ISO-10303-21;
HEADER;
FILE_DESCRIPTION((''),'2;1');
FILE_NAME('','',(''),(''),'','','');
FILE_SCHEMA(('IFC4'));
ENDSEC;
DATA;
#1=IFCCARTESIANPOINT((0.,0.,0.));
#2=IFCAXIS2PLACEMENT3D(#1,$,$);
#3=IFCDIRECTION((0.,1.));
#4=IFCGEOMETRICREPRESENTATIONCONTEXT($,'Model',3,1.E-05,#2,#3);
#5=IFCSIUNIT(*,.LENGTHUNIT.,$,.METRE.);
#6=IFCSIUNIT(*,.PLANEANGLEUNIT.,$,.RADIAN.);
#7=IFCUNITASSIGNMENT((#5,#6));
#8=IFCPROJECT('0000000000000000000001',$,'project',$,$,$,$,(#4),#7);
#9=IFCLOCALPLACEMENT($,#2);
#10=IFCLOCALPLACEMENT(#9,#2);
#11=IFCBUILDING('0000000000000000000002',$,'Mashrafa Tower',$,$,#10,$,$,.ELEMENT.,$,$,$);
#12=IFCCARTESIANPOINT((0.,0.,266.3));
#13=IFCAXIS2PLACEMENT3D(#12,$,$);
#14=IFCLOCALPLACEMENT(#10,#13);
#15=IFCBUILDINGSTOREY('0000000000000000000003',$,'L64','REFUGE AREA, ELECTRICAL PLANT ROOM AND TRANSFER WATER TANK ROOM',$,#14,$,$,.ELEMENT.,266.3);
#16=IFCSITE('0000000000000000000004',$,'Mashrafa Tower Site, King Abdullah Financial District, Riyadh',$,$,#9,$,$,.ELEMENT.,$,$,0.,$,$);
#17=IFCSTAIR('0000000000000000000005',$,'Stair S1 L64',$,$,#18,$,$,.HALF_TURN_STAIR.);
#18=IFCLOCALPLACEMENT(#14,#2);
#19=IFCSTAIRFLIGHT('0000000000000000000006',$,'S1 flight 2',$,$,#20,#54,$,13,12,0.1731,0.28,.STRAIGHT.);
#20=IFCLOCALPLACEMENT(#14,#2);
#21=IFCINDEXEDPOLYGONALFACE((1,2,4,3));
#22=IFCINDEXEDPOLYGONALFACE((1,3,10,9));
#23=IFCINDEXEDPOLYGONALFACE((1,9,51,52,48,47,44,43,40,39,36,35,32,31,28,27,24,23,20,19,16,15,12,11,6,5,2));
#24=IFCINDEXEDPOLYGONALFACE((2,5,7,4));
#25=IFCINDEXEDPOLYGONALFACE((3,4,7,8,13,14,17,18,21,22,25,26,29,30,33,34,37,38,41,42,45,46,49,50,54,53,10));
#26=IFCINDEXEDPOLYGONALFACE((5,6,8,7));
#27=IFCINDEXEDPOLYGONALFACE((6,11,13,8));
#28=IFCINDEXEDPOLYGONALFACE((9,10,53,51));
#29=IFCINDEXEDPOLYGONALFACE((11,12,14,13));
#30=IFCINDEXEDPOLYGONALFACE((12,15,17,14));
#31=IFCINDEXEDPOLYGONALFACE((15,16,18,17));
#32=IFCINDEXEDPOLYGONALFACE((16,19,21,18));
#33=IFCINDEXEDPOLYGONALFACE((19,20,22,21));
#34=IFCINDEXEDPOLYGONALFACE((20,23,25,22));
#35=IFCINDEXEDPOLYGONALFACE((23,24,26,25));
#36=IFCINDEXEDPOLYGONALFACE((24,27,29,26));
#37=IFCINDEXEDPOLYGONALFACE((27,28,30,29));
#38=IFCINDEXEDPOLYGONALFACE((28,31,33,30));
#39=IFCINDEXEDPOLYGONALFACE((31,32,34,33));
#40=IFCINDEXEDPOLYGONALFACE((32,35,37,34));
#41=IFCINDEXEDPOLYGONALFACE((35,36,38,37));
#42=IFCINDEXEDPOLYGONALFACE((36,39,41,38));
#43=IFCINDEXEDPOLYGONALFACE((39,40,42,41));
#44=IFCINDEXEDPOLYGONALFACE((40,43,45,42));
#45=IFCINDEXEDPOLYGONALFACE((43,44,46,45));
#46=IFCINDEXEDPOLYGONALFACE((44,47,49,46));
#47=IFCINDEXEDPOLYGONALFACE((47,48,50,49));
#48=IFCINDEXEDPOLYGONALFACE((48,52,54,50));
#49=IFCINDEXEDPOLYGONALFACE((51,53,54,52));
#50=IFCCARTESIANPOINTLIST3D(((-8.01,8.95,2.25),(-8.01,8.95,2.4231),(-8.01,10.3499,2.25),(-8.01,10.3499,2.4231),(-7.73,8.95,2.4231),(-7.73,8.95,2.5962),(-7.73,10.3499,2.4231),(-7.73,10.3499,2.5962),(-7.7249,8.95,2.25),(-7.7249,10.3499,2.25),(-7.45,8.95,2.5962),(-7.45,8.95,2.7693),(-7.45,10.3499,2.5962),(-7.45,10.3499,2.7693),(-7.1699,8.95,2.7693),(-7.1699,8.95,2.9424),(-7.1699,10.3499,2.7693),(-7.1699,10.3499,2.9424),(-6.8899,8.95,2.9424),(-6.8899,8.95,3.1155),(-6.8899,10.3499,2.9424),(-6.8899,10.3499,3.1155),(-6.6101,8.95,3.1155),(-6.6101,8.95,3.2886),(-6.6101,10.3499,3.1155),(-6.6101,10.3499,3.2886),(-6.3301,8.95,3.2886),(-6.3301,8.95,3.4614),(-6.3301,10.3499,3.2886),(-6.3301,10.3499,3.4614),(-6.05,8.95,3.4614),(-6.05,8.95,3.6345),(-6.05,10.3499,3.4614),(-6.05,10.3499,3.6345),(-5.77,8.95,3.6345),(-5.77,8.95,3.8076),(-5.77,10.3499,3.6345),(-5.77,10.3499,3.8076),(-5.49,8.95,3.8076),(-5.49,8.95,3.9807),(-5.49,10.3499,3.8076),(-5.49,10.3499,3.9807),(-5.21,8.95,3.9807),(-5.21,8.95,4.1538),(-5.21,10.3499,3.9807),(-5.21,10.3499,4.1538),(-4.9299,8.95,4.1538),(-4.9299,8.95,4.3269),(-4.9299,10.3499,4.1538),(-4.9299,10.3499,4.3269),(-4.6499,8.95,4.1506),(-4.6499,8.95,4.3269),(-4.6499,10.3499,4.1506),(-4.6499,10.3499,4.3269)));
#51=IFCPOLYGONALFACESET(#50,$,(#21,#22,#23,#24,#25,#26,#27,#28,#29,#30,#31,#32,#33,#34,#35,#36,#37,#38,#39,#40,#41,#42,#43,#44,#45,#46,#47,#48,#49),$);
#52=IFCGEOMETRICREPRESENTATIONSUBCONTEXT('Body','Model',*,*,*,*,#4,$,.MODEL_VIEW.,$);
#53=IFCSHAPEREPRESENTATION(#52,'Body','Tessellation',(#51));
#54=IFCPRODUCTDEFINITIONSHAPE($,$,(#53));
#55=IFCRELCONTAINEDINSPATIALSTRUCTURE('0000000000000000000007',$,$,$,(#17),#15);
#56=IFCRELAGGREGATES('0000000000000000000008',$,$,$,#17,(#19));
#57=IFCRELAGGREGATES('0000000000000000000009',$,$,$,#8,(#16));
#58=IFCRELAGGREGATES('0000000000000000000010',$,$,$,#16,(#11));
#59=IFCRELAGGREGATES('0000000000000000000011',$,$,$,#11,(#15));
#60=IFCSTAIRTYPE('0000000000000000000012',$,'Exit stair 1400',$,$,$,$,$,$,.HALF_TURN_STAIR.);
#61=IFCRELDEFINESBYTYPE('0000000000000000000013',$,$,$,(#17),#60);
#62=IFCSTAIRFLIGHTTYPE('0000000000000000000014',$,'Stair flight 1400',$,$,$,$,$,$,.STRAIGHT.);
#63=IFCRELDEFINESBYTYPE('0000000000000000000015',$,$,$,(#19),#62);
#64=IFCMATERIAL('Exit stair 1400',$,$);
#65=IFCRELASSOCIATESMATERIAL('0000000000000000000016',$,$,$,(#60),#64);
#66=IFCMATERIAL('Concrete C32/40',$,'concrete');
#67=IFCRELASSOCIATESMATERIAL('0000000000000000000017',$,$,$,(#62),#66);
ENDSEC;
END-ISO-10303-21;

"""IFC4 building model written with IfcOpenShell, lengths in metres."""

from ifc_helpers import new_model, si_unit, direction, frame, origin, place, context, subcontext, project, spatial, polyline, outline, extrude, material, type_object, element, aggregate, save


model = new_model("IFC4")

# Units and contexts
model_context = context("Model", 3, precision=1e-05, world=origin(), true_north=direction((0.0, 1.0)))
body_context = subcontext(model_context, "Body", "Model", "MODEL_VIEW")
ifc_project = project(units=[si_unit("LENGTHUNIT", "METRE"), si_unit("PLANEANGLEUNIT", "RADIAN")], contexts=[model_context])

# Site, building, storey
site_placement = place(None, origin())
site = spatial("IfcSite", under=ifc_project, at=site_placement, Name="Mashrafa Tower Site, King Abdullah Financial District, Riyadh", CompositionType="ELEMENT", RefElevation=0.0)
building_placement = place(site_placement, origin())
building = spatial("IfcBuilding", under=site, at=building_placement, Name="Mashrafa Tower", CompositionType="ELEMENT")
storey_placement = place(building_placement, frame((0.0, 0.0, 266.3)))
storey = spatial("IfcBuildingStorey", under=building, at=storey_placement, Name="L64", Description="REFUGE AREA, ELECTRICAL PLANT ROOM AND TRANSFER WATER TANK ROOM", CompositionType="ELEMENT", Elevation=266.3)

# Stair, stair flight
ifc_material_1 = material(Name="Exit stair 1400")
stair_type = type_object("IfcStairType", Name="Exit stair 1400", PredefinedType="HALF_TURN_STAIR", material=ifc_material_1)
stair_placement = place(storey_placement, origin())
stair = element("IfcStair", 1, at=stair_placement, inside=storey, type_object=stair_type, Name="Stair S1 L64", PredefinedType="HALF_TURN_STAIR")
ifc_material_2 = material(Name="Concrete C32/40", Category="concrete")
stair_flight_type = type_object("IfcStairFlightType", Name="Stair flight 1400", PredefinedType="STRAIGHT", material=ifc_material_2)
stair_flight_1_placement = place(storey_placement, frame((-8.01, 9.6499, 2.25), z_axis=(0.0, 0.0, 1.0), x_axis=(1.0, 0.0, 0.0)))
stair_flight_1 = element("IfcStairFlight", 2, at=stair_flight_1_placement, type_object=stair_flight_type, Name="S1 flight 2", NumberOfRisers=13, NumberOfTreads=12, PredefinedType="STRAIGHT", RiserHeight=0.1731, TreadLength=0.28, context=body_context, shape_type="SweptSolid", body=[
    extrude(outline(polyline([(0.0, 0.0), (0.0, 0.1731), (0.28, 0.1731), (0.28, 0.3462), (0.5601, 0.3462), (0.5601, 0.5193), (0.8401, 0.5193), (0.8401, 0.6924), (1.1201, 0.6924), (1.1201, 0.8655), (1.3999, 0.8655), (1.3999, 1.0386), (1.6799, 1.0386), (1.6799, 1.2114), (1.96, 1.2114), (1.96, 1.3845), (2.24, 1.3845), (2.24, 1.5576), (2.52, 1.5576), (2.52, 1.7307), (2.8, 1.7307), (2.8, 1.9038), (3.0801, 1.9038), (3.0801, 2.0769), (3.3601, 2.0769), (3.3601, 2.25), (3.3601, 1.9006), (0.2852, 0.0), (0.0, 0.0)])), frame((0.0, 0.7, 0.0), z_axis=(0.0, -1.0, 0.0), x_axis=(1.0, 0.0, 0.0)), (0.0, 0.0, 1.0), 1.3999),
])
aggregate(stair, [stair_flight_1])

save(model, "model.ifc")
